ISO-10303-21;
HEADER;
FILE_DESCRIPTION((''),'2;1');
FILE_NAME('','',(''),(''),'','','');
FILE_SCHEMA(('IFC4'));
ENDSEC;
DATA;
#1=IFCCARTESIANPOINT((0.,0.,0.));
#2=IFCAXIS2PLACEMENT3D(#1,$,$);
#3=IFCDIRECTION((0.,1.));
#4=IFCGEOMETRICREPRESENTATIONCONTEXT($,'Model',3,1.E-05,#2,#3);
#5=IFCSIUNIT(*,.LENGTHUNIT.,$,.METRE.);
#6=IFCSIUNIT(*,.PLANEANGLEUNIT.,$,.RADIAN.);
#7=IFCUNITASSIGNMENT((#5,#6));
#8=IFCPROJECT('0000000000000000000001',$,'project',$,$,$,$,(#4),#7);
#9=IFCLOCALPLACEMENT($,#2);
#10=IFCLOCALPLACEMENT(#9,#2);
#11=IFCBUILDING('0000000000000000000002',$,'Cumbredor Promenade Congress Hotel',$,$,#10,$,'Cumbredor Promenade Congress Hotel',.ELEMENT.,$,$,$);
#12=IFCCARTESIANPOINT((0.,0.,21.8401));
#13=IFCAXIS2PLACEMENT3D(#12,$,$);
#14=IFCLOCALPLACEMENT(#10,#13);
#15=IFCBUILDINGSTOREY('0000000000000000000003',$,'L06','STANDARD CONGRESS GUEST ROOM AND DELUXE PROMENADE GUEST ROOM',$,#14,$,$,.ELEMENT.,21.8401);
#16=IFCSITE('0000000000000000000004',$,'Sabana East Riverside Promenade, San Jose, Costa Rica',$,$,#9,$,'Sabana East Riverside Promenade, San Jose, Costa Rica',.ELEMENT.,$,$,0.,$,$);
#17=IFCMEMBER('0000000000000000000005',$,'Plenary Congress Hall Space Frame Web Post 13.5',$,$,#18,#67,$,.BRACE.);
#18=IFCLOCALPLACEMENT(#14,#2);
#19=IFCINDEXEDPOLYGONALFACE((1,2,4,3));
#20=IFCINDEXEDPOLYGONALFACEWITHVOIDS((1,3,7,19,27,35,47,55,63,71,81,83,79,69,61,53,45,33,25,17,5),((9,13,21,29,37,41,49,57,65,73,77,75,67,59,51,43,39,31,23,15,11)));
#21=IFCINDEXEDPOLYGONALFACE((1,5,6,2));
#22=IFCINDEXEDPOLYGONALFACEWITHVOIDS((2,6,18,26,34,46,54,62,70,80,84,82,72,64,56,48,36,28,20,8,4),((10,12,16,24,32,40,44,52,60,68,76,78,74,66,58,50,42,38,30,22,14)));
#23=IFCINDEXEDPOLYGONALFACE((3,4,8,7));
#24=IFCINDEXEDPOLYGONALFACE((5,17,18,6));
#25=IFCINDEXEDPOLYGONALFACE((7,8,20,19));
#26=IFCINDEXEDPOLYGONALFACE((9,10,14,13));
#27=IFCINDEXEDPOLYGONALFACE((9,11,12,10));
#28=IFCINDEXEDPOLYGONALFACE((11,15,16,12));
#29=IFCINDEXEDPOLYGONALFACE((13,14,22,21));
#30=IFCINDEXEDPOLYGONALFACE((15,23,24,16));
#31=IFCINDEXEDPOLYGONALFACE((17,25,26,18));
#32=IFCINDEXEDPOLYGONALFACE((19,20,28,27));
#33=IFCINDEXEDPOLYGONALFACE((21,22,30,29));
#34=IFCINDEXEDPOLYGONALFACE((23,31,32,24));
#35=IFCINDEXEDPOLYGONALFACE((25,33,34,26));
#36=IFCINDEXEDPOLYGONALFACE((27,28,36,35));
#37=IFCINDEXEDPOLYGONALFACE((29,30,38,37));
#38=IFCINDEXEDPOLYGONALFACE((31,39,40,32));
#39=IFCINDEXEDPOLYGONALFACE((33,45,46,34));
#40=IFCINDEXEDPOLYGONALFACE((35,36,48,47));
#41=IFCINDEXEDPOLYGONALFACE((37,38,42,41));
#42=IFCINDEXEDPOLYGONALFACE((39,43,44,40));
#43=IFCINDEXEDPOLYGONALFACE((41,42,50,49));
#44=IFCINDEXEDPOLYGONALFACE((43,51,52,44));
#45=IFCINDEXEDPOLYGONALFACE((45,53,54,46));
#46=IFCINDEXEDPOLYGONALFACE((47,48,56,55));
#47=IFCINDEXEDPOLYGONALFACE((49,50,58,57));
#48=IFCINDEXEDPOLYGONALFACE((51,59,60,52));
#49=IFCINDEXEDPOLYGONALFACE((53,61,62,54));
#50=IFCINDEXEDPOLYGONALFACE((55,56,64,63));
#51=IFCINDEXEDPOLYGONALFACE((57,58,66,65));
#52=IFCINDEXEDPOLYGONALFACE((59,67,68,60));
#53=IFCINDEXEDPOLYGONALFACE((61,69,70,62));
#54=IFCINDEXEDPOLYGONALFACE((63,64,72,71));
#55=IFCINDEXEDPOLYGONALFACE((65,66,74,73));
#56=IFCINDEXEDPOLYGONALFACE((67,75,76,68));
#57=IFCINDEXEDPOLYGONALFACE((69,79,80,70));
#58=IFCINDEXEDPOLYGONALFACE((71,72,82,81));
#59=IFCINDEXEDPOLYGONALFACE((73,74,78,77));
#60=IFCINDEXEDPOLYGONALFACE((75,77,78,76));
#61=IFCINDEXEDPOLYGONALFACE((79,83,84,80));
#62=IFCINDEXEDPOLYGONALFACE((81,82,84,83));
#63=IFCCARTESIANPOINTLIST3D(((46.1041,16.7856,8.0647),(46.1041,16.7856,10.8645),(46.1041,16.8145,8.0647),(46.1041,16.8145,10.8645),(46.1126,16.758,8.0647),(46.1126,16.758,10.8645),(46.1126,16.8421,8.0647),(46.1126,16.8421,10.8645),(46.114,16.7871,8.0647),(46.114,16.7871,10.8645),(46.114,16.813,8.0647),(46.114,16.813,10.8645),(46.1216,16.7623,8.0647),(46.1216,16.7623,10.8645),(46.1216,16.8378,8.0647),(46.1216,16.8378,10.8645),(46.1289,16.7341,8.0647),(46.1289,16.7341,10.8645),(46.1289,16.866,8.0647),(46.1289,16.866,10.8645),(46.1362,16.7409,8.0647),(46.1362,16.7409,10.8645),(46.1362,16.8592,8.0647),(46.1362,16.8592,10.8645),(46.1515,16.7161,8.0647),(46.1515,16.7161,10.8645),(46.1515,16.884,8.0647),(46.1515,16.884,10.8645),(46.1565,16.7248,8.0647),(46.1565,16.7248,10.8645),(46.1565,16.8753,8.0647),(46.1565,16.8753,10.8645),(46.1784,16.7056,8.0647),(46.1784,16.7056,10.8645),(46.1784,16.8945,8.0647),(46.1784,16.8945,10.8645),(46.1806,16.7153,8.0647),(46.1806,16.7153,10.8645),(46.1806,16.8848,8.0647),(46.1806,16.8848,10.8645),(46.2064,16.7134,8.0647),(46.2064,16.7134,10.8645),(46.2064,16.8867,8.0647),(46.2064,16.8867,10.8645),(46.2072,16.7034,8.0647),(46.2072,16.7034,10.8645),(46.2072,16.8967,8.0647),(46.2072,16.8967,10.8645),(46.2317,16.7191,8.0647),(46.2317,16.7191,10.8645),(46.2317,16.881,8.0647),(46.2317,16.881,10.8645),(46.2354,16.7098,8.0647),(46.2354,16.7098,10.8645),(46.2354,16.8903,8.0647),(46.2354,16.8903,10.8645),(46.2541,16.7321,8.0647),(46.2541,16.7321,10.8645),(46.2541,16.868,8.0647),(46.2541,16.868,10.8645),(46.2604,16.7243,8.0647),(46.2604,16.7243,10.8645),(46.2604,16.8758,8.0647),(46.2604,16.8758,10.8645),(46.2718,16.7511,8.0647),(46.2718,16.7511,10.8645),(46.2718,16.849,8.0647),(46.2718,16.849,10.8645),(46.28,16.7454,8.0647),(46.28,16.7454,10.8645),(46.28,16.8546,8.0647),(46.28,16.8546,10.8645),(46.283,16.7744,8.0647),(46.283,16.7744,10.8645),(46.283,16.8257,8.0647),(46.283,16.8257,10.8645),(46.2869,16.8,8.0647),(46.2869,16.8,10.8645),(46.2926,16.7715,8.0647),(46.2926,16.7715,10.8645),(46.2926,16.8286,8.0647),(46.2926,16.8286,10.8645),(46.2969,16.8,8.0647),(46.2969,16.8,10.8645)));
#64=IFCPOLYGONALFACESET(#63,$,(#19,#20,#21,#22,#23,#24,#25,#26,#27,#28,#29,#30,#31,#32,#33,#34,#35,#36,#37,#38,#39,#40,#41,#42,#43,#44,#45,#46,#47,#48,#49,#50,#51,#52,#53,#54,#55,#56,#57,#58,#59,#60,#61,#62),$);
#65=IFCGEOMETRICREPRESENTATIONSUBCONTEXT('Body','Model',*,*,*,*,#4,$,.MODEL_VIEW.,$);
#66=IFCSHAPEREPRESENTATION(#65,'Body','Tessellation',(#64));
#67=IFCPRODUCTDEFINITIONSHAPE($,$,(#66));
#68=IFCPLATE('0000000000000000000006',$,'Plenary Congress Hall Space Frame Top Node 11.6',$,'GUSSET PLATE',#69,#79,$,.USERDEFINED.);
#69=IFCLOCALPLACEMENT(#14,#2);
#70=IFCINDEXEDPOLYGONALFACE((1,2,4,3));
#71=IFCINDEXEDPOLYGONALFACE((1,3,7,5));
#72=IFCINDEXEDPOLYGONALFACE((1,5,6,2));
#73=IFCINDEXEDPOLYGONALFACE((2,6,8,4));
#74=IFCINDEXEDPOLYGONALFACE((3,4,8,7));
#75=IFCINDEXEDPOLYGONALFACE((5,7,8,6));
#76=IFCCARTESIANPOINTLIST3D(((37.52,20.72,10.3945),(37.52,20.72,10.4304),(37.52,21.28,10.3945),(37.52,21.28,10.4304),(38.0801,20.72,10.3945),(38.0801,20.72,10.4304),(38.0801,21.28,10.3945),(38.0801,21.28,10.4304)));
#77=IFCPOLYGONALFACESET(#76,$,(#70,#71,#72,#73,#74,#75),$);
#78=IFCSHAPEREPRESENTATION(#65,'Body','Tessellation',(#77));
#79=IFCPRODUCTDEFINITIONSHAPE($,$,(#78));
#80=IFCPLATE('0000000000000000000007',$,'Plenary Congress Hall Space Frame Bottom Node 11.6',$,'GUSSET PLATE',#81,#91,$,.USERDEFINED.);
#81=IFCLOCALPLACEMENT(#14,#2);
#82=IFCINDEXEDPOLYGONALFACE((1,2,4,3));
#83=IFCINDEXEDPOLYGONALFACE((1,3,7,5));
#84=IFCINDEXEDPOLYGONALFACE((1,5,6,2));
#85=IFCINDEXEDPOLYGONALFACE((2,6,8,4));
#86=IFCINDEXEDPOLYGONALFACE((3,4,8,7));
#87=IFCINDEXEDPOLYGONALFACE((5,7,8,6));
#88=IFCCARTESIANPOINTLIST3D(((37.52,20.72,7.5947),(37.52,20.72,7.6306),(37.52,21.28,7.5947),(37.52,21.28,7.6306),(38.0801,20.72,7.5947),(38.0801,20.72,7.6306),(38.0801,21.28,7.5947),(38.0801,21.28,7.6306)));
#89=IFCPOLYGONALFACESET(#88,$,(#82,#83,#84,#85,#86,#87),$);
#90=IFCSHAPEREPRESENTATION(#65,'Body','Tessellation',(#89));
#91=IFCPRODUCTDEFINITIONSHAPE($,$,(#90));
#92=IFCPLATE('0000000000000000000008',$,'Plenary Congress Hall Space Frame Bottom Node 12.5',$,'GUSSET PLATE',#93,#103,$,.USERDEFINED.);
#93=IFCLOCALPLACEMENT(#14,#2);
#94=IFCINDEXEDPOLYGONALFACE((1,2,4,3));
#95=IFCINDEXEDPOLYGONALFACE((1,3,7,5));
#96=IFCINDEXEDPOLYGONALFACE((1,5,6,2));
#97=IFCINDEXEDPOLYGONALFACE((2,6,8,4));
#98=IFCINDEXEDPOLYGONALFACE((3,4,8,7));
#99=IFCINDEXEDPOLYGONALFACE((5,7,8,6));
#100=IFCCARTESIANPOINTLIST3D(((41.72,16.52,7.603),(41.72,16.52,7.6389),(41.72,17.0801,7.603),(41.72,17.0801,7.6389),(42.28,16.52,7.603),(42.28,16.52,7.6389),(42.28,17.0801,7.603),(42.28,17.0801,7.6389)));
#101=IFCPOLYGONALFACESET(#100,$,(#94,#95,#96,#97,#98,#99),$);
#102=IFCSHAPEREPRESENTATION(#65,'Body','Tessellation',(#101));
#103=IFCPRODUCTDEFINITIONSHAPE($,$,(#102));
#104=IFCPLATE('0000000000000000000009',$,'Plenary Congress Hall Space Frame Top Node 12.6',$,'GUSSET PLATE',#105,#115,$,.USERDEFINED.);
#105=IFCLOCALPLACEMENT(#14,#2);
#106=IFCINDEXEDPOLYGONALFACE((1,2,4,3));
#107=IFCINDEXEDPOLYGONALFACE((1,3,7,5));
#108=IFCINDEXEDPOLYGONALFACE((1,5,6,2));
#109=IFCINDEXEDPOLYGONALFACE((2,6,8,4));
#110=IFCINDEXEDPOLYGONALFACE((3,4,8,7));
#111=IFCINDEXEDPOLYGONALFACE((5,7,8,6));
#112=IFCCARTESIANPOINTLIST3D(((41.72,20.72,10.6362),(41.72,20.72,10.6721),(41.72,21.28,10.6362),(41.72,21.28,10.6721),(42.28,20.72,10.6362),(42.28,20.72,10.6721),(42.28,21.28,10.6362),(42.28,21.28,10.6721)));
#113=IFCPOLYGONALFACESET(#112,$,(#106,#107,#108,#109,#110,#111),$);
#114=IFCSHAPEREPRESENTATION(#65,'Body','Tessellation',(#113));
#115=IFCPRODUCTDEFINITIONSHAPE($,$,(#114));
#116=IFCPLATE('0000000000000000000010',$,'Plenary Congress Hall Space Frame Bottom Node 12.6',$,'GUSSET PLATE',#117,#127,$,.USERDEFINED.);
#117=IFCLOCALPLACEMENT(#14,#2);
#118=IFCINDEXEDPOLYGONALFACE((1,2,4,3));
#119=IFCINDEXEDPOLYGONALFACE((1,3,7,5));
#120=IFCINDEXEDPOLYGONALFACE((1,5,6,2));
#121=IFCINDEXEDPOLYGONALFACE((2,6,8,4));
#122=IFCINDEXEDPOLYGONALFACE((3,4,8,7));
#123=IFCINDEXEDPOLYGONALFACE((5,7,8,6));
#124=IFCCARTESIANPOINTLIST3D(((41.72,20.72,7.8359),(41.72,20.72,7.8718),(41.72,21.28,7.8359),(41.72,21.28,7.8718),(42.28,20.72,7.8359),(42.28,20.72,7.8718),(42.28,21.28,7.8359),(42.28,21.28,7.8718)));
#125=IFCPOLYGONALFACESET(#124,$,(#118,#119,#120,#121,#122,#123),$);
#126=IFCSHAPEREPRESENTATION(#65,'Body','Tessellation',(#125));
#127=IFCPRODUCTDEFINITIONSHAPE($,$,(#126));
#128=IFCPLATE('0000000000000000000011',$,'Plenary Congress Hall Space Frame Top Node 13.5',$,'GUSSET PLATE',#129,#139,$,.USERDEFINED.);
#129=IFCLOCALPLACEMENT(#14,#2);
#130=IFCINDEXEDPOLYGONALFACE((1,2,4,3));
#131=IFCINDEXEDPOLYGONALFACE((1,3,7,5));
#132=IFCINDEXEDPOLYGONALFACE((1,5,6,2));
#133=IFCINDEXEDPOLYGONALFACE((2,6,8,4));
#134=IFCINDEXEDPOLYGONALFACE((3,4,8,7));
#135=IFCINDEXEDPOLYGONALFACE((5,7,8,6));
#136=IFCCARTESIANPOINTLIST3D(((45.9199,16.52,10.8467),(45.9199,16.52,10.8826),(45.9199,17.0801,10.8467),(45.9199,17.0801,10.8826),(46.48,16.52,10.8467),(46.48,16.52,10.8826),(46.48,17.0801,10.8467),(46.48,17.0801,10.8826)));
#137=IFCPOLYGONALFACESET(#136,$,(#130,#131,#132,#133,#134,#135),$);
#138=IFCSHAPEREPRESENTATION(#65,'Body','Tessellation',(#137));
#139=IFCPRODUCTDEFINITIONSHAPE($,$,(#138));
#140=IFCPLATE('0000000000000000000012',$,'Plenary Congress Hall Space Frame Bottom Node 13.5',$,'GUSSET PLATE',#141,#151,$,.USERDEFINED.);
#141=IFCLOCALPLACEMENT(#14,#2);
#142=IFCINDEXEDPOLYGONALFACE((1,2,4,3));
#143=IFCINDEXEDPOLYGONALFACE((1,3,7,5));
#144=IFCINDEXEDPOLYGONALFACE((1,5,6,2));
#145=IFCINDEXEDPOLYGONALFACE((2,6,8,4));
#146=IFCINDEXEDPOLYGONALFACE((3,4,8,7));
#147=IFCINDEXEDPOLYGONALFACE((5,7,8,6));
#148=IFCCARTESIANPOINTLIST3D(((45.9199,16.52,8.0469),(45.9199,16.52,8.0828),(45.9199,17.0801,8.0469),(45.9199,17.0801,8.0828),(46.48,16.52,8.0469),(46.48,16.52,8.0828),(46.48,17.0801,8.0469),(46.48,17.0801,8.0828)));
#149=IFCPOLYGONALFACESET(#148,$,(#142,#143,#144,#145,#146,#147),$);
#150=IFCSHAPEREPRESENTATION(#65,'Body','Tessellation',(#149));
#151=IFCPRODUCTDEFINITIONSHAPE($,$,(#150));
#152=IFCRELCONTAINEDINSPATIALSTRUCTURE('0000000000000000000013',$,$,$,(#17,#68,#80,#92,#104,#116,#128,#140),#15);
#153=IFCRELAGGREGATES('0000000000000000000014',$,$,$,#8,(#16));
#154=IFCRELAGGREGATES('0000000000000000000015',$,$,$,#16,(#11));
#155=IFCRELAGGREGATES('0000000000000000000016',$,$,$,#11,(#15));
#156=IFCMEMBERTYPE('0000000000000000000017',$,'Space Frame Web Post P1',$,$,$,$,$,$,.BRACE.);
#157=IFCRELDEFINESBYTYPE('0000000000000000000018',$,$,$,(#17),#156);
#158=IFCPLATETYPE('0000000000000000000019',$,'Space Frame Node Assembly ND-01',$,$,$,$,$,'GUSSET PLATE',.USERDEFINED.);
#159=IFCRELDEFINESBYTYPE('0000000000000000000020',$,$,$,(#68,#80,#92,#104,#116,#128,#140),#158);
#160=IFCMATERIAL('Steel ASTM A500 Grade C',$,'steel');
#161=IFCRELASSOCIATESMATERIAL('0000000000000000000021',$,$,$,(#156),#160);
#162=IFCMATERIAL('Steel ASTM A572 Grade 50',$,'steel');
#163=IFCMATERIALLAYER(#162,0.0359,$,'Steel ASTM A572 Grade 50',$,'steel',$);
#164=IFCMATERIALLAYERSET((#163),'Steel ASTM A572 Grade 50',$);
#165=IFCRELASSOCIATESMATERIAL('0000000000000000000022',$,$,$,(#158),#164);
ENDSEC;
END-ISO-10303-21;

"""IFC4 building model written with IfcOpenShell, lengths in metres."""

from ifc_helpers import new_model, si_unit, direction, frame, origin, origin_2d, place, context, subcontext, project, spatial, rectangle, hollow_circle, extrude, material, layer, layer_set, material_profile, profile_set, type_object, element, save


model = new_model("IFC4")

# Units and contexts
model_context = context("Model", 3, precision=1e-05, world=origin(), true_north=direction((0.0, 1.0)))
body_context = subcontext(model_context, "Body", "Model", "MODEL_VIEW")
ifc_project = project(units=[si_unit("LENGTHUNIT", "METRE"), si_unit("PLANEANGLEUNIT", "RADIAN")], contexts=[model_context])

# Site, building, storey
site_placement = place(None, origin())
site = spatial("IfcSite", under=ifc_project, at=site_placement, Name="Sabana East Riverside Promenade, San Jose, Costa Rica", LongName="Sabana East Riverside Promenade, San Jose, Costa Rica", CompositionType="ELEMENT", RefElevation=0.0)
building_placement = place(site_placement, origin())
building = spatial("IfcBuilding", under=site, at=building_placement, Name="Cumbredor Promenade Congress Hotel", LongName="Cumbredor Promenade Congress Hotel", CompositionType="ELEMENT")
storey_placement = place(building_placement, frame((0.0, 0.0, 21.8401)))
storey = spatial("IfcBuildingStorey", under=building, at=storey_placement, Name="L06", Description="STANDARD CONGRESS GUEST ROOM AND DELUXE PROMENADE GUEST ROOM", CompositionType="ELEMENT", Elevation=21.8401)

# Member
ifc_material_1 = material(Name="Steel ASTM A500 Grade C", Category="steel")
ifc_material_profile_1 = material_profile(ifc_material_1, hollow_circle(Radius=0.0969, WallThickness=0.01, at=origin_2d()), Name="CHS 193.7x10")
ifc_profile_set_1 = profile_set([ifc_material_profile_1], Name="Steel ASTM A500 Grade C")
member_type_1 = type_object("IfcMemberType", Name="Space Frame Web Post P1", PredefinedType="BRACE", material=ifc_profile_set_1)
member_1_placement = place(storey_placement, frame((46.2, 16.8, 8.0647), z_axis=(0.0, 0.0, 1.0), x_axis=(1.0, 0.0, 0.0)))
element("IfcMember", 1, at=member_1_placement, inside=storey, type_object=member_type_1, Name="Plenary Congress Hall Space Frame Web Post 13.5", PredefinedType="BRACE", context=body_context, shape_type="SweptSolid", body=[
    extrude(hollow_circle(Radius=0.0969, WallThickness=0.01, at=origin_2d()), origin(), (0.0, 0.0, 1.0), 2.7998),
])

# Plates
ifc_material_2 = material(Name="Steel ASTM A572 Grade 50", Category="steel")
ifc_layer = layer(ifc_material_2, 0.0359, Name="Steel ASTM A572 Grade 50", Category="steel")
ifc_layer_set = layer_set([ifc_layer], Name="Steel ASTM A572 Grade 50")
plate_type = type_object("IfcPlateType", Name="Space Frame Node Assembly ND-01", ElementType="GUSSET PLATE", PredefinedType="USERDEFINED", material=ifc_layer_set)
for number, where, z_axis, x_axis, name in (
    (2, (37.8, 21.0, 10.3945), (0.0, 0.0, 1.0), (1.0, 0.0, 0.0), "Plenary Congress Hall Space Frame Top Node 11.6"),
    (3, (37.8, 21.0, 7.5947), (0.0, 0.0, 1.0), (1.0, 0.0, 0.0), "Plenary Congress Hall Space Frame Bottom Node 11.6"),
    (4, (42.0, 16.8, 7.603), (0.0, 0.0, 1.0), (1.0, 0.0, 0.0), "Plenary Congress Hall Space Frame Bottom Node 12.5"),
    (5, (42.0, 21.0, 10.6362), (0.0, 0.0, 1.0), (1.0, 0.0, 0.0), "Plenary Congress Hall Space Frame Top Node 12.6"),
    (6, (42.0, 21.0, 7.8359), (0.0, 0.0, 1.0), (1.0, 0.0, 0.0), "Plenary Congress Hall Space Frame Bottom Node 12.6"),
    (7, (46.2, 16.8, 10.8467), (0.0, 0.0, 1.0), (1.0, 0.0, 0.0), "Plenary Congress Hall Space Frame Top Node 13.5"),
    (8, (46.2, 16.8, 8.0469), (0.0, 0.0, 1.0), (1.0, 0.0, 0.0), "Plenary Congress Hall Space Frame Bottom Node 13.5"),
):
    element("IfcPlate", number, at=place(storey_placement, frame(where, z_axis=z_axis, x_axis=x_axis)), inside=storey, type_object=plate_type, Name=name, ObjectType="GUSSET PLATE", PredefinedType="USERDEFINED", context=body_context, shape_type="SweptSolid", body=[
        extrude(rectangle(XDim=0.5601, YDim=0.5601, at=origin_2d()), origin(), (0.0, 0.0, 1.0), 0.0359),
    ])

save(model, "model.ifc")
